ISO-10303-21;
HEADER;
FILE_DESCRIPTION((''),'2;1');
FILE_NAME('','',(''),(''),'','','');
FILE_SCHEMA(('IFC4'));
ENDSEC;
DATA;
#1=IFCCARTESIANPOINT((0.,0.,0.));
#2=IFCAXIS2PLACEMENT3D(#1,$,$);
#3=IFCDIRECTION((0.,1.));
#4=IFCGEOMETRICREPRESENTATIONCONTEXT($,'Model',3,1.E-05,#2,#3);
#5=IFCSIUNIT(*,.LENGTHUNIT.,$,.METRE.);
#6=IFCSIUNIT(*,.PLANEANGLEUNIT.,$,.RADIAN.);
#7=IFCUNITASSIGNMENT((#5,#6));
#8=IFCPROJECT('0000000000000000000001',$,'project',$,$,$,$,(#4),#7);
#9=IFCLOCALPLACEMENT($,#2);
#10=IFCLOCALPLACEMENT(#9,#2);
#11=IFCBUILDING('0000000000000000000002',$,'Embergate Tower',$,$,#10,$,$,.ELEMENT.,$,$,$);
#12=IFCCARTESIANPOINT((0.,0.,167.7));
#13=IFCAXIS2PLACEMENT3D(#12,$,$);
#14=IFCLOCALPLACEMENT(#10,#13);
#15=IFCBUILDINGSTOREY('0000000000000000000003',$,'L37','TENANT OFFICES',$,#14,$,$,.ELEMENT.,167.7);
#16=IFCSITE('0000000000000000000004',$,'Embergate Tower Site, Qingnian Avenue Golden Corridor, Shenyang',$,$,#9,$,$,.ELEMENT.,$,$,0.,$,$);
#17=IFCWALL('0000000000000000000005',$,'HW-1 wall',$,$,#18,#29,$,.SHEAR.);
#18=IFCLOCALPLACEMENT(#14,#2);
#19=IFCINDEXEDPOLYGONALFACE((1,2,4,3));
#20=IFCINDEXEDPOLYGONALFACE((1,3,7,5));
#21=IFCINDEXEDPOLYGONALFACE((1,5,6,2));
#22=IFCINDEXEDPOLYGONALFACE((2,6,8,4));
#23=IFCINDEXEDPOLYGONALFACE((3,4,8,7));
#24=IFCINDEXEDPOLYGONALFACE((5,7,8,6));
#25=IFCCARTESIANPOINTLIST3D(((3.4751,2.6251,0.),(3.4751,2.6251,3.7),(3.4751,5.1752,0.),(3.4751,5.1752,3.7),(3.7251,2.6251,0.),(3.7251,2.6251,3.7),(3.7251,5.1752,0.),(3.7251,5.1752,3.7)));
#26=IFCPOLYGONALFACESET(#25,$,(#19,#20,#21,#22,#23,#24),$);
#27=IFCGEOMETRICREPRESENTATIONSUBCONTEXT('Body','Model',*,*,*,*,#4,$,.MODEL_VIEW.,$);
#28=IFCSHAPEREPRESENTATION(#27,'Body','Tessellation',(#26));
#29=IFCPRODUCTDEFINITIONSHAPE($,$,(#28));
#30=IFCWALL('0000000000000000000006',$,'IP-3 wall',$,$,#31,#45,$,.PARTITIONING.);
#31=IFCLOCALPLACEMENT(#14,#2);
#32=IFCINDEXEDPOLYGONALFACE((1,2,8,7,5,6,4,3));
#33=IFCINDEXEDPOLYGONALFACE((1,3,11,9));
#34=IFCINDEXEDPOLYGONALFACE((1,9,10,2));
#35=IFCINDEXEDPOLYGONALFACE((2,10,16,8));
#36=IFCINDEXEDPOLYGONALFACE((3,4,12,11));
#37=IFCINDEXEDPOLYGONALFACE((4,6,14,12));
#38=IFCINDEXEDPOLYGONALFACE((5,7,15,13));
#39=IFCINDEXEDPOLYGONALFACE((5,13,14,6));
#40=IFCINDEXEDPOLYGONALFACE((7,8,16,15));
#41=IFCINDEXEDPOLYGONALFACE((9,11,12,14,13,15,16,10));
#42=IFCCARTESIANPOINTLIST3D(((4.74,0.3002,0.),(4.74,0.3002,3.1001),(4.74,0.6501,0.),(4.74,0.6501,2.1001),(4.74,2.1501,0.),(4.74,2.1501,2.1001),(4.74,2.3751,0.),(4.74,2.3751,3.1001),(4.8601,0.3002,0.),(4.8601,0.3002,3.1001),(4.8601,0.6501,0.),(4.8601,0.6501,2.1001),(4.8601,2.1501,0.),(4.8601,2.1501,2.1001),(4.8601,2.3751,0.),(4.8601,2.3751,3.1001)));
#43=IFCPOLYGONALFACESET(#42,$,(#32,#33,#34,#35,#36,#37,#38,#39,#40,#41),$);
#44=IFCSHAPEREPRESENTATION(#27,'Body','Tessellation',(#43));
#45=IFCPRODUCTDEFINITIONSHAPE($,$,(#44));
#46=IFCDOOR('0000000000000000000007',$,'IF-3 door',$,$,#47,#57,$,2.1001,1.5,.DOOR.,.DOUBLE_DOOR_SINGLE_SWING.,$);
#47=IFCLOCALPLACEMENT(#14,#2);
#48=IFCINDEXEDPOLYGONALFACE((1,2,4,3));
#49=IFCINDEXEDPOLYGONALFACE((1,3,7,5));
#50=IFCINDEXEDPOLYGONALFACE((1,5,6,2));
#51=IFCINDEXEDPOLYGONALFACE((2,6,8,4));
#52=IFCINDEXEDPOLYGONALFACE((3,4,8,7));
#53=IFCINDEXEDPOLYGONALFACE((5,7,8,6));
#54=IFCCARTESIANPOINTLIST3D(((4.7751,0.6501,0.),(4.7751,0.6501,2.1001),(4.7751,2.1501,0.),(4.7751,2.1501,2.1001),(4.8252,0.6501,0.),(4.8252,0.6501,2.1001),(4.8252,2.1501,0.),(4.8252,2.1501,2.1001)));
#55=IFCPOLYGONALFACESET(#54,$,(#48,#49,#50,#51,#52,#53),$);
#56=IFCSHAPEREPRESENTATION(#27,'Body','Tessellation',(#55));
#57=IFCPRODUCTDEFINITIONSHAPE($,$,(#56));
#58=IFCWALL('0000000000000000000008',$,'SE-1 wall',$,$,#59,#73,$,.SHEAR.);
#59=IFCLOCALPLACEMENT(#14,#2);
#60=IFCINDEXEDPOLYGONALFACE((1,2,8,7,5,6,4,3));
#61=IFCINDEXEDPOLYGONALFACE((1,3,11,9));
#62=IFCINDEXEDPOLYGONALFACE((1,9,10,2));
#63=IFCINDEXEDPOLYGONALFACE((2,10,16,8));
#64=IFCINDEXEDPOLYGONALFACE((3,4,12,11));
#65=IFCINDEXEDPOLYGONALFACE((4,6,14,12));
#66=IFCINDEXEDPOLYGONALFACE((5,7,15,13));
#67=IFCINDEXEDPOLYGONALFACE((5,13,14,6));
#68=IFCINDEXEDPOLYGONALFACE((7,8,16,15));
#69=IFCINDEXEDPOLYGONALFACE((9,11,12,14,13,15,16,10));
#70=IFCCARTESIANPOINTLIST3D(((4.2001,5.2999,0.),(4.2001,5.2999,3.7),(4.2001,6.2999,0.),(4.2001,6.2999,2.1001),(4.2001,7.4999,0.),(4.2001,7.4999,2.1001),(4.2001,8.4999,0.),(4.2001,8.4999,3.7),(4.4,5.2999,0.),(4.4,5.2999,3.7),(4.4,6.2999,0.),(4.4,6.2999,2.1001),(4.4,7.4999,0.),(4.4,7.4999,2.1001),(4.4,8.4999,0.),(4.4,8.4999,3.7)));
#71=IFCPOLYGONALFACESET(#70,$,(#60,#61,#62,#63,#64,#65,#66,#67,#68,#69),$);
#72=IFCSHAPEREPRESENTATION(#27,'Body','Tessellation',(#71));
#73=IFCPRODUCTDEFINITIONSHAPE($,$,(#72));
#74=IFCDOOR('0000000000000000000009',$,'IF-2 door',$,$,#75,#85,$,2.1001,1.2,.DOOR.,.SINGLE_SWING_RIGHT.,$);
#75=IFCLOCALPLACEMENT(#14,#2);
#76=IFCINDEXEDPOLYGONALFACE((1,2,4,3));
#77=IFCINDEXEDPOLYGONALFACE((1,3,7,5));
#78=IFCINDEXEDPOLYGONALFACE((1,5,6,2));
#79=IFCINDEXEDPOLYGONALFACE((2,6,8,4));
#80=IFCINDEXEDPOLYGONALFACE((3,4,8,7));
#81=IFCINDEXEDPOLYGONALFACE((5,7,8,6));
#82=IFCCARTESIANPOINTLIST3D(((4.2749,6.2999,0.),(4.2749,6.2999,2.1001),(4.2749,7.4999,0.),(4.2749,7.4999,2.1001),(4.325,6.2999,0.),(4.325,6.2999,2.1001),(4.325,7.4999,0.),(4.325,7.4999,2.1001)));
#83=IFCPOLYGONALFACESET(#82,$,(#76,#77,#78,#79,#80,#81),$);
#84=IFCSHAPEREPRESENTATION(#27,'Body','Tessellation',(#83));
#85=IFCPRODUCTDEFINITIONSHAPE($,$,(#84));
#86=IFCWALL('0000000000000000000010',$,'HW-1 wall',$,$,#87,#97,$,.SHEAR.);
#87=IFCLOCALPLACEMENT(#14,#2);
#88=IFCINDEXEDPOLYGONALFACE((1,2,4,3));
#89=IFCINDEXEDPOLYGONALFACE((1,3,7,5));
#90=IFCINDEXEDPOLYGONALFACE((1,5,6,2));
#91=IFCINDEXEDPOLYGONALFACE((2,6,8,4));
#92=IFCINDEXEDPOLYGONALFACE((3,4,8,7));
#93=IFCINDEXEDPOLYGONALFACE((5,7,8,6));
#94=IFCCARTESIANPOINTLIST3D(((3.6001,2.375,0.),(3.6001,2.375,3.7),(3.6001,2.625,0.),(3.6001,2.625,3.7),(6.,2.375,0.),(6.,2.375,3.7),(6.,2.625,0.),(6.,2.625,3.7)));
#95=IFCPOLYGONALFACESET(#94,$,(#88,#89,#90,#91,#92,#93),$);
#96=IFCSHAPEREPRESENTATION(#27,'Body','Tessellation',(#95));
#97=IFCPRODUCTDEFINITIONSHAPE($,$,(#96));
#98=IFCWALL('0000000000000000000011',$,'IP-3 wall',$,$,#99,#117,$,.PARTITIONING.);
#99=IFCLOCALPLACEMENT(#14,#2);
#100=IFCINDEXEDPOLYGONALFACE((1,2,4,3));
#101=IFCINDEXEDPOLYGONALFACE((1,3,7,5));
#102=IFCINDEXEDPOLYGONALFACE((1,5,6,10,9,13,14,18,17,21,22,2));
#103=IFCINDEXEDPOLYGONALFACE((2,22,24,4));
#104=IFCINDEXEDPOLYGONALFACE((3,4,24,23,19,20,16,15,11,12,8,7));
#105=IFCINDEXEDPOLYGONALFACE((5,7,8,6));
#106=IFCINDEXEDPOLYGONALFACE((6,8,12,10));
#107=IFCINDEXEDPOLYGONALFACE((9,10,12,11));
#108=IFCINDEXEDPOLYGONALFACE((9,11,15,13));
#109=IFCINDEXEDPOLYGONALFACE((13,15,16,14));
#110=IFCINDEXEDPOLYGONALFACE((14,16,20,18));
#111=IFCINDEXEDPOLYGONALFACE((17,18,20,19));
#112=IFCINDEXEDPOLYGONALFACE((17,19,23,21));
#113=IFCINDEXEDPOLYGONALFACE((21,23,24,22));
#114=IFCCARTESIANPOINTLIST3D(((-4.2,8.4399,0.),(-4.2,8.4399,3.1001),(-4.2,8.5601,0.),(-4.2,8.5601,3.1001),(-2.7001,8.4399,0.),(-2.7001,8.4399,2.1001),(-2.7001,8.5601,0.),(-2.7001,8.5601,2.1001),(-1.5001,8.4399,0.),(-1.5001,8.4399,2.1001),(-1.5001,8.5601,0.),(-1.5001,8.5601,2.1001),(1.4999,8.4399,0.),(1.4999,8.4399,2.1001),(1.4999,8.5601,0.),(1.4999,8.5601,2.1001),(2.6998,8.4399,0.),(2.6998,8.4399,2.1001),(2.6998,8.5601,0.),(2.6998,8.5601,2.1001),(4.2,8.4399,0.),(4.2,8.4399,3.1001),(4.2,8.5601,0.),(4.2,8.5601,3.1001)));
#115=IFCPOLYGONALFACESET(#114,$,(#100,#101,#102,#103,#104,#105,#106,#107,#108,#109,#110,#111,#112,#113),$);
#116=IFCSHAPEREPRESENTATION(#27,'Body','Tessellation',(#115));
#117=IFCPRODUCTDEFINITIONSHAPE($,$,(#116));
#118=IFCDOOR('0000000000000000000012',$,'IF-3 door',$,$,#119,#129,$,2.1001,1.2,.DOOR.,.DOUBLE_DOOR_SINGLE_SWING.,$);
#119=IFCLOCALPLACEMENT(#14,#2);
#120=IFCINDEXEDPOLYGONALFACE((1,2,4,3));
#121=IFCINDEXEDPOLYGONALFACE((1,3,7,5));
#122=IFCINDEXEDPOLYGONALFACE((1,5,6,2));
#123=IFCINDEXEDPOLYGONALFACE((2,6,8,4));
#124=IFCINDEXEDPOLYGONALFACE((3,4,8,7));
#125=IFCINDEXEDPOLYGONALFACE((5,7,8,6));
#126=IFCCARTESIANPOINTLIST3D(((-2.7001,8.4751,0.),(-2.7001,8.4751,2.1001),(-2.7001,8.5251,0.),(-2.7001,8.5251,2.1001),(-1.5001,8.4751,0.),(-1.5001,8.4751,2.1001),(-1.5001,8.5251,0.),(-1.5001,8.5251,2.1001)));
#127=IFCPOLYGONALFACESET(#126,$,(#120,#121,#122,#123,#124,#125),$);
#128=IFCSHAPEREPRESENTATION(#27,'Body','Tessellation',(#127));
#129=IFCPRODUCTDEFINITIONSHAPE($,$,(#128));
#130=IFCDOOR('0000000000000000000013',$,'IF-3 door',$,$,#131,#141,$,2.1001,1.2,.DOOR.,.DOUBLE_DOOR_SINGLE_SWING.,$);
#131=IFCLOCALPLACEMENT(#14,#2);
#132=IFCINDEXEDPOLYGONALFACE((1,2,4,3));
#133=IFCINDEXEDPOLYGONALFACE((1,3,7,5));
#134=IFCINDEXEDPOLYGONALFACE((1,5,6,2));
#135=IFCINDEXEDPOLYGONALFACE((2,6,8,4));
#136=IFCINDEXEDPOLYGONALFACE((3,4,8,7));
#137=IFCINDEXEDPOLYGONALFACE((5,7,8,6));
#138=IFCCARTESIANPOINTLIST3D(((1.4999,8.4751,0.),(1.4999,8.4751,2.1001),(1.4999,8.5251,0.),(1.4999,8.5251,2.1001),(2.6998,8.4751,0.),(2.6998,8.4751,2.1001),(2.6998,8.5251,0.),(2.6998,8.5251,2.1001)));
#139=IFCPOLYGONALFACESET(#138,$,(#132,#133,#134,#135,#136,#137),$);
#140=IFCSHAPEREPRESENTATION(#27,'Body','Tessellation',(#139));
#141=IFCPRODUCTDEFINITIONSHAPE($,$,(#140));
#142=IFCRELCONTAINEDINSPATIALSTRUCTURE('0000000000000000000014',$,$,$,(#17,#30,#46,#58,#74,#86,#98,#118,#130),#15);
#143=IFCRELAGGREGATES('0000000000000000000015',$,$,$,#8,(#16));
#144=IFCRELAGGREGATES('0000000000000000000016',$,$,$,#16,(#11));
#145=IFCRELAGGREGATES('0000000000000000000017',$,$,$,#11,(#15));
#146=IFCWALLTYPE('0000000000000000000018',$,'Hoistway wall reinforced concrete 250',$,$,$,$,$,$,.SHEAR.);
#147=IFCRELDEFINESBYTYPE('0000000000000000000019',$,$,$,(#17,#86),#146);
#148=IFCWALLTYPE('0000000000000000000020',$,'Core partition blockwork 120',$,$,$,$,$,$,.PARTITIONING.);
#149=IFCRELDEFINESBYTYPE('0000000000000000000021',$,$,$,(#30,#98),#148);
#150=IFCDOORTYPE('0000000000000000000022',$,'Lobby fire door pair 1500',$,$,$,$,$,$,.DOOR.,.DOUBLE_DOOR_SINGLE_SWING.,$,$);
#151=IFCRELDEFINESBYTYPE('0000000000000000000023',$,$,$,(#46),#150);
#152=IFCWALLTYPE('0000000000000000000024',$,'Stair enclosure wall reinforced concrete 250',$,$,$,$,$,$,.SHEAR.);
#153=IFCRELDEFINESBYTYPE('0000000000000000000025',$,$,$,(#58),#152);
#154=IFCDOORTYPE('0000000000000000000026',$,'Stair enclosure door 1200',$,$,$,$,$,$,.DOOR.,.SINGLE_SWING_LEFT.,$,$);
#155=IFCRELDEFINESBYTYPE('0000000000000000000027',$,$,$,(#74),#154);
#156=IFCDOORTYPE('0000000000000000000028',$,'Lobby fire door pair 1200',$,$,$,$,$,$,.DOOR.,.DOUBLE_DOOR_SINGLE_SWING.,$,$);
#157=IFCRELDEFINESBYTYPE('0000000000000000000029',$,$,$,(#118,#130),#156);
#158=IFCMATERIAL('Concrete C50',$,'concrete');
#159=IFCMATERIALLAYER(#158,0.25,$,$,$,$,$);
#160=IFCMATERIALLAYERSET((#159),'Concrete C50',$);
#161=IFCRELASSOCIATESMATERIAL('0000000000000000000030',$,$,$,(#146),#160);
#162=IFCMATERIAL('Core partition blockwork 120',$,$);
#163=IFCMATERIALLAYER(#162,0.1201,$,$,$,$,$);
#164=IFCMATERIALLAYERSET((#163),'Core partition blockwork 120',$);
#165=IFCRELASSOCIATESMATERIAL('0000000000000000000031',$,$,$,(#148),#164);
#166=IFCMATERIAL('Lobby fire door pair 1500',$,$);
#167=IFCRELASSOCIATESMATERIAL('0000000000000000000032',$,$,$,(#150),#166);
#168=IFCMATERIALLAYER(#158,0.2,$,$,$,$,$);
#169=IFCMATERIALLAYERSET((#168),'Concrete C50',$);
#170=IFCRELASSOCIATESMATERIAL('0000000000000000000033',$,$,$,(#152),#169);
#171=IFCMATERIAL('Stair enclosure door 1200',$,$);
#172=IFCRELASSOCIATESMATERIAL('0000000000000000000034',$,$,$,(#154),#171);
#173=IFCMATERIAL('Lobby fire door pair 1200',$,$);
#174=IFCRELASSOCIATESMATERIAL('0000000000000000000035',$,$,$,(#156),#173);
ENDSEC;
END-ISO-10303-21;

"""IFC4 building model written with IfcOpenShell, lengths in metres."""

from ifc_helpers import new_model, si_unit, direction, frame, frame_2d, origin, place, context, subcontext, project, spatial, rectangle, extrude, source, transform, mapped, material, layer, layer_set, type_object, element, fill, save


model = new_model("IFC4")

# Units and contexts
model_context = context("Model", 3, precision=1e-05, world=origin(), true_north=direction((0.0, 1.0)))
body_context = subcontext(model_context, "Body", "Model", "MODEL_VIEW")
ifc_project = project(units=[si_unit("LENGTHUNIT", "METRE"), si_unit("PLANEANGLEUNIT", "RADIAN")], contexts=[model_context])

# Site, building, storey
site_placement = place(None, origin())
site = spatial("IfcSite", under=ifc_project, at=site_placement, Name="Embergate Tower Site, Qingnian Avenue Golden Corridor, Shenyang", CompositionType="ELEMENT", RefElevation=0.0)
building_placement = place(site_placement, origin())
building = spatial("IfcBuilding", under=site, at=building_placement, Name="Embergate Tower", CompositionType="ELEMENT")
storey_placement = place(building_placement, frame((0.0, 0.0, 167.7)))
storey = spatial("IfcBuildingStorey", under=building, at=storey_placement, Name="L37", Description="TENANT OFFICES", CompositionType="ELEMENT", Elevation=167.7)

# Wall
ifc_material_1 = material(Name="Concrete C50", Category="concrete")
ifc_layer_1 = layer(ifc_material_1, 0.25)
ifc_layer_set_1 = layer_set([ifc_layer_1], Name="Concrete C50")
wall_type_1 = type_object("IfcWallType", Name="Hoistway wall reinforced concrete 250", PredefinedType="SHEAR", material=ifc_layer_set_1)
shared_shape_1 = source(origin(), body_context, "Body", "SweptSolid", [
    extrude(rectangle(XDim=2.55, YDim=0.25, at=frame_2d((1.2749, 0.0))), origin(), (0.0, 0.0, 1.0), 3.7),
])
wall_1_placement = place(storey_placement, frame((3.6001, 5.175, 0.0), z_axis=(0.0, 0.0, 1.0), x_axis=(0.0, -1.0, 0.0)))
element("IfcWall", 1, at=wall_1_placement, inside=storey, type_object=wall_type_1, Name="HW-1 wall", PredefinedType="SHEAR", context=body_context, shape_type="MappedRepresentation", body=[
    mapped(shared_shape_1, transform((0.0, 0.0, 0.0))),
])

# Walls, openings, doors
ifc_material_2 = material(Name="Core partition blockwork 120")
ifc_layer_2 = layer(ifc_material_2, 0.1201)
ifc_layer_set_2 = layer_set([ifc_layer_2], Name="Core partition blockwork 120")
wall_type_2 = type_object("IfcWallType", Name="Core partition blockwork 120", PredefinedType="PARTITIONING", material=ifc_layer_set_2)
shared_shape_2 = source(origin(), body_context, "Body", "SweptSolid", [
    extrude(rectangle(XDim=2.075, YDim=0.1201, at=frame_2d((1.0376, 0.0))), origin(), (0.0, 0.0, 1.0), 3.1001),
])
wall_2_placement = place(storey_placement, frame((4.8, 0.3, 0.0), z_axis=(0.0, 0.0, 1.0), x_axis=(0.0, 1.0, 0.0)))
wall_2 = element("IfcWall", 2, at=wall_2_placement, inside=storey, type_object=wall_type_2, Name="IP-3 wall", PredefinedType="PARTITIONING", context=body_context, shape_type="MappedRepresentation", body=[
    mapped(shared_shape_2, transform((0.0, 0.0, 0.0))),
])
shared_shape_3 = source(origin(), body_context, "Body", "SweptSolid", [
    extrude(rectangle(XDim=1.5, YDim=2.1001, at=frame_2d((0.75, 1.05))), frame((0.0, 0.0701, 0.0), z_axis=(0.0, -1.0, 0.0), x_axis=(1.0, 0.0, 0.0)), (0.0, 0.0, 1.0), 0.1401),
])
opening_1_placement = place(wall_2_placement, frame((0.3501, 0.0, 0.0)))
opening_1 = element("IfcOpeningElement", 3, at=opening_1_placement, cuts=wall_2, PredefinedType="OPENING", context=body_context, shape_type="MappedRepresentation", body=[
    mapped(shared_shape_3, transform((0.0, 0.0, 0.0))),
])
ifc_material_3 = material(Name="Lobby fire door pair 1500")
door_type_1 = type_object("IfcDoorType", Name="Lobby fire door pair 1500", OperationType="DOUBLE_DOOR_SINGLE_SWING", PredefinedType="DOOR", material=ifc_material_3)
shared_shape_4 = source(origin(), body_context, "Body", "SweptSolid", [
    extrude(rectangle(XDim=1.5, YDim=2.1001, at=frame_2d((0.75, 1.05))), frame((0.0, 0.0249, 0.0), z_axis=(0.0, -1.0, 0.0), x_axis=(1.0, 0.0, 0.0)), (0.0, 0.0, 1.0), 0.05),
])
door_1_placement = place(opening_1_placement, origin())
door_1 = element("IfcDoor", 4, at=door_1_placement, inside=storey, type_object=door_type_1, Name="IF-3 door", OperationType="DOUBLE_DOOR_SINGLE_SWING", OverallHeight=2.1001, OverallWidth=1.5, PredefinedType="DOOR", context=body_context, shape_type="MappedRepresentation", body=[
    mapped(shared_shape_4, transform((0.0, 0.0, 0.0))),
])
fill(opening_1, door_1)
ifc_layer_3 = layer(ifc_material_1, 0.2)
ifc_layer_set_3 = layer_set([ifc_layer_3], Name="Concrete C50")
wall_type_3 = type_object("IfcWallType", Name="Stair enclosure wall reinforced concrete 250", PredefinedType="SHEAR", material=ifc_layer_set_3)
shared_shape_5 = source(origin(), body_context, "Body", "SweptSolid", [
    extrude(rectangle(XDim=3.2, YDim=0.2, at=frame_2d((1.6001, 0.0))), origin(), (0.0, 0.0, 1.0), 3.7),
])
wall_3_placement = place(storey_placement, frame((4.3, 8.5, 0.0), z_axis=(0.0, 0.0, 1.0), x_axis=(0.0, -1.0, 0.0)))
wall_3 = element("IfcWall", 5, at=wall_3_placement, inside=storey, type_object=wall_type_3, Name="SE-1 wall", PredefinedType="SHEAR", context=body_context, shape_type="MappedRepresentation", body=[
    mapped(shared_shape_5, transform((0.0, 0.0, 0.0))),
])
shared_shape_6 = source(origin(), body_context, "Body", "SweptSolid", [
    extrude(rectangle(XDim=1.2, YDim=2.1001, at=frame_2d((0.6001, 1.05))), frame((0.0, 0.1099, 0.0), z_axis=(0.0, -1.0, 0.0), x_axis=(1.0, 0.0, 0.0)), (0.0, 0.0, 1.0), 0.22),
])
opening_2_placement = place(wall_3_placement, frame((1.0, 0.0, 0.0)))
opening_2 = element("IfcOpeningElement", 6, at=opening_2_placement, cuts=wall_3, PredefinedType="OPENING", context=body_context, shape_type="MappedRepresentation", body=[
    mapped(shared_shape_6, transform((0.0, 0.0, 0.0))),
])
ifc_material_4 = material(Name="Stair enclosure door 1200")
door_type_2 = type_object("IfcDoorType", Name="Stair enclosure door 1200", OperationType="SINGLE_SWING_LEFT", PredefinedType="DOOR", material=ifc_material_4)
shared_shape_7 = source(origin(), body_context, "Body", "SweptSolid", [
    extrude(rectangle(XDim=1.2, YDim=2.1001, at=frame_2d((0.6001, 1.05))), frame((0.0, 0.0249, 0.0), z_axis=(0.0, -1.0, 0.0), x_axis=(1.0, 0.0, 0.0)), (0.0, 0.0, 1.0), 0.05),
])
door_2_placement = place(opening_2_placement, origin())
door_2 = element("IfcDoor", 7, at=door_2_placement, inside=storey, type_object=door_type_2, Name="IF-2 door", OperationType="SINGLE_SWING_RIGHT", OverallHeight=2.1001, OverallWidth=1.2, PredefinedType="DOOR", context=body_context, shape_type="MappedRepresentation", body=[
    mapped(shared_shape_7, transform((0.0, 0.0, 0.0))),
])
fill(opening_2, door_2)

# Wall
shared_shape_8 = source(origin(), body_context, "Body", "SweptSolid", [
    extrude(rectangle(XDim=2.3999, YDim=0.25, at=frame_2d((1.2, 0.0))), origin(), (0.0, 0.0, 1.0), 3.7),
])
wall_4_placement = place(storey_placement, frame((3.6001, 2.5, 0.0), z_axis=(0.0, 0.0, 1.0), x_axis=(1.0, 0.0, 0.0)))
element("IfcWall", 8, at=wall_4_placement, inside=storey, type_object=wall_type_1, Name="HW-1 wall", PredefinedType="SHEAR", context=body_context, shape_type="MappedRepresentation", body=[
    mapped(shared_shape_8, transform((0.0, 0.0, 0.0))),
])

# Wall, openings, doors
shared_shape_9 = source(origin(), body_context, "Body", "SweptSolid", [
    extrude(rectangle(XDim=8.3999, YDim=0.1201, at=frame_2d((4.2, 0.0))), origin(), (0.0, 0.0, 1.0), 3.1001),
])
wall_5_placement = place(storey_placement, frame((4.2, 8.5, 0.0), z_axis=(0.0, 0.0, 1.0), x_axis=(-1.0, 0.0, 0.0)))
wall_5 = element("IfcWall", 9, at=wall_5_placement, inside=storey, type_object=wall_type_2, Name="IP-3 wall", PredefinedType="PARTITIONING", context=body_context, shape_type="MappedRepresentation", body=[
    mapped(shared_shape_9, transform((0.0, 0.0, 0.0))),
])
shared_shape_10 = source(origin(), body_context, "Body", "SweptSolid", [
    extrude(rectangle(XDim=1.2, YDim=2.1001, at=frame_2d((0.6001, 1.05))), frame((0.0, 0.0701, 0.0), z_axis=(0.0, -1.0, 0.0), x_axis=(1.0, 0.0, 0.0)), (0.0, 0.0, 1.0), 0.1401),
])
opening_3_placement = place(wall_5_placement, frame((5.7, 0.0, 0.0)))
opening_3 = element("IfcOpeningElement", 10, at=opening_3_placement, cuts=wall_5, PredefinedType="OPENING", context=body_context, shape_type="MappedRepresentation", body=[
    mapped(shared_shape_10, transform((0.0, 0.0, 0.0))),
])
opening_4_placement = place(wall_5_placement, frame((1.5, 0.0, 0.0)))
opening_4 = element("IfcOpeningElement", 11, at=opening_4_placement, cuts=wall_5, PredefinedType="OPENING", context=body_context, shape_type="MappedRepresentation", body=[
    mapped(shared_shape_10, transform((0.0, 0.0, 0.0))),
])
ifc_material_5 = material(Name="Lobby fire door pair 1200")
door_type_3 = type_object("IfcDoorType", Name="Lobby fire door pair 1200", OperationType="DOUBLE_DOOR_SINGLE_SWING", PredefinedType="DOOR", material=ifc_material_5)
door_3_placement = place(opening_3_placement, origin())
door_3 = element("IfcDoor", 12, at=door_3_placement, inside=storey, type_object=door_type_3, Name="IF-3 door", OperationType="DOUBLE_DOOR_SINGLE_SWING", OverallHeight=2.1001, OverallWidth=1.2, PredefinedType="DOOR", context=body_context, shape_type="MappedRepresentation", body=[
    mapped(shared_shape_7, transform((0.0, 0.0, 0.0))),
])
fill(opening_3, door_3)
door_4_placement = place(opening_4_placement, origin())
door_4 = element("IfcDoor", 13, at=door_4_placement, inside=storey, type_object=door_type_3, Name="IF-3 door", OperationType="DOUBLE_DOOR_SINGLE_SWING", OverallHeight=2.1001, OverallWidth=1.2, PredefinedType="DOOR", context=body_context, shape_type="MappedRepresentation", body=[
    mapped(shared_shape_7, transform((0.0, 0.0, 0.0))),
])
fill(opening_4, door_4)

save(model, "model.ifc")
